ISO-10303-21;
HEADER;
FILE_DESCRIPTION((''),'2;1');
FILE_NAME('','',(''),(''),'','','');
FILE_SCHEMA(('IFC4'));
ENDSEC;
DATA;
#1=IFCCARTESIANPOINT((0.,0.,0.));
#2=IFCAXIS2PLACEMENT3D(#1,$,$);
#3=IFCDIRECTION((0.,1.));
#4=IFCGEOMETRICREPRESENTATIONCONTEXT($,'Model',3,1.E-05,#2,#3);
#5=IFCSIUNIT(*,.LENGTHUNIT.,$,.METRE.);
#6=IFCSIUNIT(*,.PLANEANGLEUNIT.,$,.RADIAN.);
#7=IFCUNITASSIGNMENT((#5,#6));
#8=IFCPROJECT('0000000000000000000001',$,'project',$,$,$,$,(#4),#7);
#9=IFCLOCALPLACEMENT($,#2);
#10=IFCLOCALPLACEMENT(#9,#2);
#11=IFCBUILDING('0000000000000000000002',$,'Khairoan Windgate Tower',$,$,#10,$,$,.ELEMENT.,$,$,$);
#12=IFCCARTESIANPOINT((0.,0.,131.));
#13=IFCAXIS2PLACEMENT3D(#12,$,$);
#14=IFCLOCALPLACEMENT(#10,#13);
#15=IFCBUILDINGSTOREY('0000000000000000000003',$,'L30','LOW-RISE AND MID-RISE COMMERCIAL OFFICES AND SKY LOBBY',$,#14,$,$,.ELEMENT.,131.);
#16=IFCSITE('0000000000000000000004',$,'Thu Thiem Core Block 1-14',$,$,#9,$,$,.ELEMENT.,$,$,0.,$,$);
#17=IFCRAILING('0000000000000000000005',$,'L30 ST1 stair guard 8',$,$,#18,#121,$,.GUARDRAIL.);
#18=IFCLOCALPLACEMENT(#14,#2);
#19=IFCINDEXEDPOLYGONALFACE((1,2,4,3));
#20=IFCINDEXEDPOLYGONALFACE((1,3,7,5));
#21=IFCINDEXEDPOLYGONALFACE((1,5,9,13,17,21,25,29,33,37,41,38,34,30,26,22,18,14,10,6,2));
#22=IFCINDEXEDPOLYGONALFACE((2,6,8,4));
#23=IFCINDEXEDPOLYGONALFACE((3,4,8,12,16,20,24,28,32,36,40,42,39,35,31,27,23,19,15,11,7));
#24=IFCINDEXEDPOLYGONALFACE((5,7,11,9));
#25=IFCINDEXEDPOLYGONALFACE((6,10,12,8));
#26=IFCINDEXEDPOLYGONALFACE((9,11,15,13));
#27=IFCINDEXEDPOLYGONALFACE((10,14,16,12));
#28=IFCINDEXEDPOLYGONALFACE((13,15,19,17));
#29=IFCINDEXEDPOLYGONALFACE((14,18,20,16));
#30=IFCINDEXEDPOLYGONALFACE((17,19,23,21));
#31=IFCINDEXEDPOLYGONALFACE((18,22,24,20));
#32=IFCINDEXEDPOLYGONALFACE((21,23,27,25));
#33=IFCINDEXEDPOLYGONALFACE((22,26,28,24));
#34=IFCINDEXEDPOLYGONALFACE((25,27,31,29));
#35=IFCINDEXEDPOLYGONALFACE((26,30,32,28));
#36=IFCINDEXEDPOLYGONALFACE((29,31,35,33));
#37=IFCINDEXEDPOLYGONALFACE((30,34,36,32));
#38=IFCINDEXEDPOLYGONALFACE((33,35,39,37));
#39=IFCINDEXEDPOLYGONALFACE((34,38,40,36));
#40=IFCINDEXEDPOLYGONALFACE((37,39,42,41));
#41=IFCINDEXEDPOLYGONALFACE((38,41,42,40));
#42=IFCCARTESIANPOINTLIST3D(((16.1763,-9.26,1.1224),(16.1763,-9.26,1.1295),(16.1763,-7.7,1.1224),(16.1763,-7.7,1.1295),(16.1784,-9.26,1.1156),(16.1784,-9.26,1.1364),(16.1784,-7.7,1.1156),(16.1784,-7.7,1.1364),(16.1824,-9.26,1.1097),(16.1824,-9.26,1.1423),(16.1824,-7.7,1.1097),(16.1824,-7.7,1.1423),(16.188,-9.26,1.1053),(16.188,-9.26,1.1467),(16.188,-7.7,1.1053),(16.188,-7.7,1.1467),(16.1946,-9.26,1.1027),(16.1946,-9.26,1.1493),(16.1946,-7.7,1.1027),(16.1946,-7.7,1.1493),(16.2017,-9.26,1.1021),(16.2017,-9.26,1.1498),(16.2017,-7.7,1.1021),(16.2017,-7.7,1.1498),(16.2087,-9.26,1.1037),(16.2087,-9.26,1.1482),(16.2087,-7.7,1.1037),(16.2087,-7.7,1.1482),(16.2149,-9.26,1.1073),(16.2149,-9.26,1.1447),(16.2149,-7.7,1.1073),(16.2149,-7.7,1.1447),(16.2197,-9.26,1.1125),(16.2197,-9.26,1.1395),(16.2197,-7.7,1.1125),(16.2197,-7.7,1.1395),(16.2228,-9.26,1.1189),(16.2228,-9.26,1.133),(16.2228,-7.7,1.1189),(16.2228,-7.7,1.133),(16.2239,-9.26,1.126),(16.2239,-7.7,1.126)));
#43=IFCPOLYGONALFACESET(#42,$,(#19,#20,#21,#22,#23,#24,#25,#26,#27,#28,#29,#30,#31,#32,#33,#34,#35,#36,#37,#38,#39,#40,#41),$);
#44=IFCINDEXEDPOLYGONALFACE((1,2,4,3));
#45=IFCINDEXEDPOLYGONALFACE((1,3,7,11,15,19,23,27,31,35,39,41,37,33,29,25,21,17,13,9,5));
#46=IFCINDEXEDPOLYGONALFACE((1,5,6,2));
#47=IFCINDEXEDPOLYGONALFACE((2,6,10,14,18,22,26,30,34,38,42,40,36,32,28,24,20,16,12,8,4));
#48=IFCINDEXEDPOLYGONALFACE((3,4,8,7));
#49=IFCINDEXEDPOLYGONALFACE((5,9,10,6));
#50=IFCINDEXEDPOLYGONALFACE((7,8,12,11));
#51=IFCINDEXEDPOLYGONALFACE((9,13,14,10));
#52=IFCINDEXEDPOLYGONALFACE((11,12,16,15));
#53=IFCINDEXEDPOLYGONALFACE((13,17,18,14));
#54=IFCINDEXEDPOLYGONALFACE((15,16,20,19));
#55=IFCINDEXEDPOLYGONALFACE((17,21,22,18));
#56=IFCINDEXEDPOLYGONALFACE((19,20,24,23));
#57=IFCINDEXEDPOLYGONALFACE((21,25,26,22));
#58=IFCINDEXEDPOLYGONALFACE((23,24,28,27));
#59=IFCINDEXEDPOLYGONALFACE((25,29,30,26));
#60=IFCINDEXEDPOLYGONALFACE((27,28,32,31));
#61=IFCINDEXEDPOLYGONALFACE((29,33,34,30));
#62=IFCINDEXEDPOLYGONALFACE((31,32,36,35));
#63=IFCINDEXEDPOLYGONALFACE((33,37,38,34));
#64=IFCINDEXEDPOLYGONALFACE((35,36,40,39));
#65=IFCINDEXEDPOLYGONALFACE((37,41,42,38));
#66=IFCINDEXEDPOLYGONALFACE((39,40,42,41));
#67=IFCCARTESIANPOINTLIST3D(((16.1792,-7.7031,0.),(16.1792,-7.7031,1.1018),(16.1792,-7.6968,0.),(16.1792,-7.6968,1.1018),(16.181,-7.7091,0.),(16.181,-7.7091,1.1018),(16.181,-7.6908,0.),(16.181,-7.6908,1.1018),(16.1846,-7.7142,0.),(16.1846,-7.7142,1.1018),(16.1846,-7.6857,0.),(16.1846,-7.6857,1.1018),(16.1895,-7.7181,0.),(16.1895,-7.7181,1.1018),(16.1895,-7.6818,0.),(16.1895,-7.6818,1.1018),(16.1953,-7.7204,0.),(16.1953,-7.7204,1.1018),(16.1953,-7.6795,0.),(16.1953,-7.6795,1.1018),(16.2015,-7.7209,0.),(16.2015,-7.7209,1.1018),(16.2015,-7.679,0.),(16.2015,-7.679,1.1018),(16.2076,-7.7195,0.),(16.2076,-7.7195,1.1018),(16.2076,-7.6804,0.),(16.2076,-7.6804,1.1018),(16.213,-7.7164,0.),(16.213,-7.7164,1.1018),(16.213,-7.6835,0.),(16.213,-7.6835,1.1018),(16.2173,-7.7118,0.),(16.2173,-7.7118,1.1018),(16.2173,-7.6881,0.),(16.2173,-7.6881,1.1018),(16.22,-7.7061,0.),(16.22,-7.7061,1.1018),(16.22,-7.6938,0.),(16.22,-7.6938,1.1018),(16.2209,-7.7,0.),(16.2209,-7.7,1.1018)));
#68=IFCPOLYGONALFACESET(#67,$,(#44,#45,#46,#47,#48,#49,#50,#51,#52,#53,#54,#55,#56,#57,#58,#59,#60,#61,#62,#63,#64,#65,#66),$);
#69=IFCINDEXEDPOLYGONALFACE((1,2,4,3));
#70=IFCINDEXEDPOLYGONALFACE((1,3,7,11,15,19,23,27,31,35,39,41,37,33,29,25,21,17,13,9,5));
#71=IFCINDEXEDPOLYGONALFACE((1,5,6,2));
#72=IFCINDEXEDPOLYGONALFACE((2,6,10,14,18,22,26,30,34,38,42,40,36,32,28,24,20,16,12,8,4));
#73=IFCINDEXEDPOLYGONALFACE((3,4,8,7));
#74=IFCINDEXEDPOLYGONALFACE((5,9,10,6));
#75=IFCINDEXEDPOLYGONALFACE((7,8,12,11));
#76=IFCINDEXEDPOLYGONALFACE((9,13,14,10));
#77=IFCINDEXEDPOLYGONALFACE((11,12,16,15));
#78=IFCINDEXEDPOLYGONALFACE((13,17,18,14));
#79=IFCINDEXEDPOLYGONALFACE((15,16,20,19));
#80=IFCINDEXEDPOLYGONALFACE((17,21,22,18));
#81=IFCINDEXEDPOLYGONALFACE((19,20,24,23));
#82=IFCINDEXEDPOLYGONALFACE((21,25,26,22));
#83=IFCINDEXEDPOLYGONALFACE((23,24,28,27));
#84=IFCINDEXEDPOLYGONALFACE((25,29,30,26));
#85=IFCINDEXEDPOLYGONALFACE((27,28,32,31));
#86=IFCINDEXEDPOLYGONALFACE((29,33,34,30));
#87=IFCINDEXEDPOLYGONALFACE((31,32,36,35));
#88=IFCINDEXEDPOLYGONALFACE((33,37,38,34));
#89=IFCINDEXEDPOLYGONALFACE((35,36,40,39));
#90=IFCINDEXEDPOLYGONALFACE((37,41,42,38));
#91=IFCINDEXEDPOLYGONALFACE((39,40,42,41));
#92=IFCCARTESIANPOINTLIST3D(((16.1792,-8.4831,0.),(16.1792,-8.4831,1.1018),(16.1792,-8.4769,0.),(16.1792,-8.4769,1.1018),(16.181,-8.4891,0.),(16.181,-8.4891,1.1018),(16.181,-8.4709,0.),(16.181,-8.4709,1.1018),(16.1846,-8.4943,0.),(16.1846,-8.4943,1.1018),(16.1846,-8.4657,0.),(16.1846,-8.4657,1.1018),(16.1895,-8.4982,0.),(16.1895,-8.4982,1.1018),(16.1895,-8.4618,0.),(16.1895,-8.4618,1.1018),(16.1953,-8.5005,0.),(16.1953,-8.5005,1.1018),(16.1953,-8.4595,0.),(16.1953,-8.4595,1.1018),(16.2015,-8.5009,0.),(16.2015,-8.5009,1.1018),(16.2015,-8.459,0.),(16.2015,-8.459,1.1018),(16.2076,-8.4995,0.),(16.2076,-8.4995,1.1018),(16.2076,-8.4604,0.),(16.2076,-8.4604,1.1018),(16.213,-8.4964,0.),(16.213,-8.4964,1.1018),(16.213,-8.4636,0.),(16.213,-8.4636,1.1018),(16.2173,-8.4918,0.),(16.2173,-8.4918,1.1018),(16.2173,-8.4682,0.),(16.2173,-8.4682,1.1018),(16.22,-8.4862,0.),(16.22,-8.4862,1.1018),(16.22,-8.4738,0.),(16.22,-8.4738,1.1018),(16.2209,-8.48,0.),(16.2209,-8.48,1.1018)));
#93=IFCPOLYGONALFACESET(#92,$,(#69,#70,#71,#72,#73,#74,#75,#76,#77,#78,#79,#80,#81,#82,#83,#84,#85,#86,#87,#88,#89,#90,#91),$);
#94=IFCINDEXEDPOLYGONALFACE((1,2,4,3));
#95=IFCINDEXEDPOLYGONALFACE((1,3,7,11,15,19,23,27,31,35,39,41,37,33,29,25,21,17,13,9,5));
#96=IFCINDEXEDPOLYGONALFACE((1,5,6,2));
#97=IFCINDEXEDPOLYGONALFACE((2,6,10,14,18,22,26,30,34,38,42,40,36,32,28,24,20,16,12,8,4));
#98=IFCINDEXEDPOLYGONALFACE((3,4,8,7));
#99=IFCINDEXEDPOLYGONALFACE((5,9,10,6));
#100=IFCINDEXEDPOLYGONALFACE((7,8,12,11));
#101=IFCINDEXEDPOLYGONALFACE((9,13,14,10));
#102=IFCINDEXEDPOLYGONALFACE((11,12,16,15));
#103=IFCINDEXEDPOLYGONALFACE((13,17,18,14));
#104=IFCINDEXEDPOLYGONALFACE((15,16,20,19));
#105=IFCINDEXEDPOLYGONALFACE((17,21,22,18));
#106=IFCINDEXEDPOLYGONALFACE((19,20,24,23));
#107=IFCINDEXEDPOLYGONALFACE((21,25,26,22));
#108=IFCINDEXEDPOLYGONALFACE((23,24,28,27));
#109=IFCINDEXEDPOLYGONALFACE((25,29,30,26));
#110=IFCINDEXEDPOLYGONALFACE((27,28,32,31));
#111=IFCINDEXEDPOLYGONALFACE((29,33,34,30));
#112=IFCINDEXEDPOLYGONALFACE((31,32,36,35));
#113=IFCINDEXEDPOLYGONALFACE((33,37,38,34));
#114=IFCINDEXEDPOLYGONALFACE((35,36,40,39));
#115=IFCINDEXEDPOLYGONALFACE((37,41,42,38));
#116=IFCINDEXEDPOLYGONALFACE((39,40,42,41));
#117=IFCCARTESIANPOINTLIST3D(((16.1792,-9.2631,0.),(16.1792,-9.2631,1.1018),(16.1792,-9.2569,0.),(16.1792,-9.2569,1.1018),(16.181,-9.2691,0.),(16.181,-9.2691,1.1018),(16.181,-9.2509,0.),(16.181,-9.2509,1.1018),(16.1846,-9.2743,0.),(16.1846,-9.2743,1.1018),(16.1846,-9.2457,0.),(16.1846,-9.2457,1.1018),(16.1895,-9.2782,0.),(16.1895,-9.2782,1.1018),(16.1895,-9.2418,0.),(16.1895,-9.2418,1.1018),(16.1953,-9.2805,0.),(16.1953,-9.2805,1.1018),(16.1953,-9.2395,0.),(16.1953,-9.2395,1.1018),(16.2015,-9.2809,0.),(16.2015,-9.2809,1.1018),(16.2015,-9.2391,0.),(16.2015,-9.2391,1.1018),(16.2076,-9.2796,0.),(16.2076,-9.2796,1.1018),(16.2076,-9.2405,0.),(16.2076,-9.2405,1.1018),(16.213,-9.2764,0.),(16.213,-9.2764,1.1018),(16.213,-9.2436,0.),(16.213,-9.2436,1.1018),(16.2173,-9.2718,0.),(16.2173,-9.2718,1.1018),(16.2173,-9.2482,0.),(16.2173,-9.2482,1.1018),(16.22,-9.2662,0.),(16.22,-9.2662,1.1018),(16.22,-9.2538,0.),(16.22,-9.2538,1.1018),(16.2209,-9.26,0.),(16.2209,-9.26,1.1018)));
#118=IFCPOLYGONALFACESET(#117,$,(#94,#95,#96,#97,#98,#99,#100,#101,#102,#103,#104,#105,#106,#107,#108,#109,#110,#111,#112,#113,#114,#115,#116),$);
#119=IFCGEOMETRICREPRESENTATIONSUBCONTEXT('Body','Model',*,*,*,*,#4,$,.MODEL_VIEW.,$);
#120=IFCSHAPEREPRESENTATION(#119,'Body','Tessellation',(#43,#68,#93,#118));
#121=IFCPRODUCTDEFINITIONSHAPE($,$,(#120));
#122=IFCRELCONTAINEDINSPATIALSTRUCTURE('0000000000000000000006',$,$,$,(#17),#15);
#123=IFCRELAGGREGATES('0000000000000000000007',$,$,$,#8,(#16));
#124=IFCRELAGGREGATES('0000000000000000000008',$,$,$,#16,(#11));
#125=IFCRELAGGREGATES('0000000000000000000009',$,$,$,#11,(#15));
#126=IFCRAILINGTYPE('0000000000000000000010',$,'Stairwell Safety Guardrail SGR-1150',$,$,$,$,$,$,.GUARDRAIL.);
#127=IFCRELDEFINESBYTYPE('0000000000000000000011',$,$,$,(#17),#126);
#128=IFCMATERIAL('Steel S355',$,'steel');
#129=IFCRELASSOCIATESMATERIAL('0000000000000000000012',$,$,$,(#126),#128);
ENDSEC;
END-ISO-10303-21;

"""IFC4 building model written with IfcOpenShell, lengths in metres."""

from ifc_helpers import new_model, si_unit, direction, frame, origin, origin_2d, place, context, subcontext, project, spatial, circle, extrude, material, type_object, element, save


model = new_model("IFC4")

# Units and contexts
model_context = context("Model", 3, precision=1e-05, world=origin(), true_north=direction((0.0, 1.0)))
body_context = subcontext(model_context, "Body", "Model", "MODEL_VIEW")
ifc_project = project(units=[si_unit("LENGTHUNIT", "METRE"), si_unit("PLANEANGLEUNIT", "RADIAN")], contexts=[model_context])

# Site, building, storey
site_placement = place(None, origin())
site = spatial("IfcSite", under=ifc_project, at=site_placement, Name="Thu Thiem Core Block 1-14", CompositionType="ELEMENT", RefElevation=0.0)
building_placement = place(site_placement, origin())
building = spatial("IfcBuilding", under=site, at=building_placement, Name="Khairoan Windgate Tower", CompositionType="ELEMENT")
storey_placement = place(building_placement, frame((0.0, 0.0, 131.0)))
storey = spatial("IfcBuildingStorey", under=building, at=storey_placement, Name="L30", Description="LOW-RISE AND MID-RISE COMMERCIAL OFFICES AND SKY LOBBY", CompositionType="ELEMENT", Elevation=131.0)

# Railing
ifc_material_1 = material(Name="Steel S355", Category="steel")
railing_type_1 = type_object("IfcRailingType", Name="Stairwell Safety Guardrail SGR-1150", PredefinedType="GUARDRAIL", material=ifc_material_1)
railing_1_placement = place(storey_placement, frame((16.2, -7.7, 0.0)))
element("IfcRailing", 1, at=railing_1_placement, inside=storey, type_object=railing_type_1, Name="L30 ST1 stair guard 8", PredefinedType="GUARDRAIL", context=body_context, shape_type="SweptSolid", body=[
    extrude(circle(Radius=0.0239, at=origin_2d()), frame((0.0, 0.0, 1.126), z_axis=(0.0, -1.0, 0.0), x_axis=(1.0, 0.0, 0.0)), (0.0, 0.0, 1.0), 1.5601),
    extrude(circle(Radius=0.021, at=origin_2d()), origin(), (0.0, 0.0, 1.0), 1.1018),
    extrude(circle(Radius=0.021, at=origin_2d()), frame((0.0, -0.78, 0.0)), (0.0, 0.0, 1.0), 1.1018),
    extrude(circle(Radius=0.021, at=origin_2d()), frame((0.0, -1.5601, 0.0)), (0.0, 0.0, 1.0), 1.1018),
])

save(model, "model.ifc")
